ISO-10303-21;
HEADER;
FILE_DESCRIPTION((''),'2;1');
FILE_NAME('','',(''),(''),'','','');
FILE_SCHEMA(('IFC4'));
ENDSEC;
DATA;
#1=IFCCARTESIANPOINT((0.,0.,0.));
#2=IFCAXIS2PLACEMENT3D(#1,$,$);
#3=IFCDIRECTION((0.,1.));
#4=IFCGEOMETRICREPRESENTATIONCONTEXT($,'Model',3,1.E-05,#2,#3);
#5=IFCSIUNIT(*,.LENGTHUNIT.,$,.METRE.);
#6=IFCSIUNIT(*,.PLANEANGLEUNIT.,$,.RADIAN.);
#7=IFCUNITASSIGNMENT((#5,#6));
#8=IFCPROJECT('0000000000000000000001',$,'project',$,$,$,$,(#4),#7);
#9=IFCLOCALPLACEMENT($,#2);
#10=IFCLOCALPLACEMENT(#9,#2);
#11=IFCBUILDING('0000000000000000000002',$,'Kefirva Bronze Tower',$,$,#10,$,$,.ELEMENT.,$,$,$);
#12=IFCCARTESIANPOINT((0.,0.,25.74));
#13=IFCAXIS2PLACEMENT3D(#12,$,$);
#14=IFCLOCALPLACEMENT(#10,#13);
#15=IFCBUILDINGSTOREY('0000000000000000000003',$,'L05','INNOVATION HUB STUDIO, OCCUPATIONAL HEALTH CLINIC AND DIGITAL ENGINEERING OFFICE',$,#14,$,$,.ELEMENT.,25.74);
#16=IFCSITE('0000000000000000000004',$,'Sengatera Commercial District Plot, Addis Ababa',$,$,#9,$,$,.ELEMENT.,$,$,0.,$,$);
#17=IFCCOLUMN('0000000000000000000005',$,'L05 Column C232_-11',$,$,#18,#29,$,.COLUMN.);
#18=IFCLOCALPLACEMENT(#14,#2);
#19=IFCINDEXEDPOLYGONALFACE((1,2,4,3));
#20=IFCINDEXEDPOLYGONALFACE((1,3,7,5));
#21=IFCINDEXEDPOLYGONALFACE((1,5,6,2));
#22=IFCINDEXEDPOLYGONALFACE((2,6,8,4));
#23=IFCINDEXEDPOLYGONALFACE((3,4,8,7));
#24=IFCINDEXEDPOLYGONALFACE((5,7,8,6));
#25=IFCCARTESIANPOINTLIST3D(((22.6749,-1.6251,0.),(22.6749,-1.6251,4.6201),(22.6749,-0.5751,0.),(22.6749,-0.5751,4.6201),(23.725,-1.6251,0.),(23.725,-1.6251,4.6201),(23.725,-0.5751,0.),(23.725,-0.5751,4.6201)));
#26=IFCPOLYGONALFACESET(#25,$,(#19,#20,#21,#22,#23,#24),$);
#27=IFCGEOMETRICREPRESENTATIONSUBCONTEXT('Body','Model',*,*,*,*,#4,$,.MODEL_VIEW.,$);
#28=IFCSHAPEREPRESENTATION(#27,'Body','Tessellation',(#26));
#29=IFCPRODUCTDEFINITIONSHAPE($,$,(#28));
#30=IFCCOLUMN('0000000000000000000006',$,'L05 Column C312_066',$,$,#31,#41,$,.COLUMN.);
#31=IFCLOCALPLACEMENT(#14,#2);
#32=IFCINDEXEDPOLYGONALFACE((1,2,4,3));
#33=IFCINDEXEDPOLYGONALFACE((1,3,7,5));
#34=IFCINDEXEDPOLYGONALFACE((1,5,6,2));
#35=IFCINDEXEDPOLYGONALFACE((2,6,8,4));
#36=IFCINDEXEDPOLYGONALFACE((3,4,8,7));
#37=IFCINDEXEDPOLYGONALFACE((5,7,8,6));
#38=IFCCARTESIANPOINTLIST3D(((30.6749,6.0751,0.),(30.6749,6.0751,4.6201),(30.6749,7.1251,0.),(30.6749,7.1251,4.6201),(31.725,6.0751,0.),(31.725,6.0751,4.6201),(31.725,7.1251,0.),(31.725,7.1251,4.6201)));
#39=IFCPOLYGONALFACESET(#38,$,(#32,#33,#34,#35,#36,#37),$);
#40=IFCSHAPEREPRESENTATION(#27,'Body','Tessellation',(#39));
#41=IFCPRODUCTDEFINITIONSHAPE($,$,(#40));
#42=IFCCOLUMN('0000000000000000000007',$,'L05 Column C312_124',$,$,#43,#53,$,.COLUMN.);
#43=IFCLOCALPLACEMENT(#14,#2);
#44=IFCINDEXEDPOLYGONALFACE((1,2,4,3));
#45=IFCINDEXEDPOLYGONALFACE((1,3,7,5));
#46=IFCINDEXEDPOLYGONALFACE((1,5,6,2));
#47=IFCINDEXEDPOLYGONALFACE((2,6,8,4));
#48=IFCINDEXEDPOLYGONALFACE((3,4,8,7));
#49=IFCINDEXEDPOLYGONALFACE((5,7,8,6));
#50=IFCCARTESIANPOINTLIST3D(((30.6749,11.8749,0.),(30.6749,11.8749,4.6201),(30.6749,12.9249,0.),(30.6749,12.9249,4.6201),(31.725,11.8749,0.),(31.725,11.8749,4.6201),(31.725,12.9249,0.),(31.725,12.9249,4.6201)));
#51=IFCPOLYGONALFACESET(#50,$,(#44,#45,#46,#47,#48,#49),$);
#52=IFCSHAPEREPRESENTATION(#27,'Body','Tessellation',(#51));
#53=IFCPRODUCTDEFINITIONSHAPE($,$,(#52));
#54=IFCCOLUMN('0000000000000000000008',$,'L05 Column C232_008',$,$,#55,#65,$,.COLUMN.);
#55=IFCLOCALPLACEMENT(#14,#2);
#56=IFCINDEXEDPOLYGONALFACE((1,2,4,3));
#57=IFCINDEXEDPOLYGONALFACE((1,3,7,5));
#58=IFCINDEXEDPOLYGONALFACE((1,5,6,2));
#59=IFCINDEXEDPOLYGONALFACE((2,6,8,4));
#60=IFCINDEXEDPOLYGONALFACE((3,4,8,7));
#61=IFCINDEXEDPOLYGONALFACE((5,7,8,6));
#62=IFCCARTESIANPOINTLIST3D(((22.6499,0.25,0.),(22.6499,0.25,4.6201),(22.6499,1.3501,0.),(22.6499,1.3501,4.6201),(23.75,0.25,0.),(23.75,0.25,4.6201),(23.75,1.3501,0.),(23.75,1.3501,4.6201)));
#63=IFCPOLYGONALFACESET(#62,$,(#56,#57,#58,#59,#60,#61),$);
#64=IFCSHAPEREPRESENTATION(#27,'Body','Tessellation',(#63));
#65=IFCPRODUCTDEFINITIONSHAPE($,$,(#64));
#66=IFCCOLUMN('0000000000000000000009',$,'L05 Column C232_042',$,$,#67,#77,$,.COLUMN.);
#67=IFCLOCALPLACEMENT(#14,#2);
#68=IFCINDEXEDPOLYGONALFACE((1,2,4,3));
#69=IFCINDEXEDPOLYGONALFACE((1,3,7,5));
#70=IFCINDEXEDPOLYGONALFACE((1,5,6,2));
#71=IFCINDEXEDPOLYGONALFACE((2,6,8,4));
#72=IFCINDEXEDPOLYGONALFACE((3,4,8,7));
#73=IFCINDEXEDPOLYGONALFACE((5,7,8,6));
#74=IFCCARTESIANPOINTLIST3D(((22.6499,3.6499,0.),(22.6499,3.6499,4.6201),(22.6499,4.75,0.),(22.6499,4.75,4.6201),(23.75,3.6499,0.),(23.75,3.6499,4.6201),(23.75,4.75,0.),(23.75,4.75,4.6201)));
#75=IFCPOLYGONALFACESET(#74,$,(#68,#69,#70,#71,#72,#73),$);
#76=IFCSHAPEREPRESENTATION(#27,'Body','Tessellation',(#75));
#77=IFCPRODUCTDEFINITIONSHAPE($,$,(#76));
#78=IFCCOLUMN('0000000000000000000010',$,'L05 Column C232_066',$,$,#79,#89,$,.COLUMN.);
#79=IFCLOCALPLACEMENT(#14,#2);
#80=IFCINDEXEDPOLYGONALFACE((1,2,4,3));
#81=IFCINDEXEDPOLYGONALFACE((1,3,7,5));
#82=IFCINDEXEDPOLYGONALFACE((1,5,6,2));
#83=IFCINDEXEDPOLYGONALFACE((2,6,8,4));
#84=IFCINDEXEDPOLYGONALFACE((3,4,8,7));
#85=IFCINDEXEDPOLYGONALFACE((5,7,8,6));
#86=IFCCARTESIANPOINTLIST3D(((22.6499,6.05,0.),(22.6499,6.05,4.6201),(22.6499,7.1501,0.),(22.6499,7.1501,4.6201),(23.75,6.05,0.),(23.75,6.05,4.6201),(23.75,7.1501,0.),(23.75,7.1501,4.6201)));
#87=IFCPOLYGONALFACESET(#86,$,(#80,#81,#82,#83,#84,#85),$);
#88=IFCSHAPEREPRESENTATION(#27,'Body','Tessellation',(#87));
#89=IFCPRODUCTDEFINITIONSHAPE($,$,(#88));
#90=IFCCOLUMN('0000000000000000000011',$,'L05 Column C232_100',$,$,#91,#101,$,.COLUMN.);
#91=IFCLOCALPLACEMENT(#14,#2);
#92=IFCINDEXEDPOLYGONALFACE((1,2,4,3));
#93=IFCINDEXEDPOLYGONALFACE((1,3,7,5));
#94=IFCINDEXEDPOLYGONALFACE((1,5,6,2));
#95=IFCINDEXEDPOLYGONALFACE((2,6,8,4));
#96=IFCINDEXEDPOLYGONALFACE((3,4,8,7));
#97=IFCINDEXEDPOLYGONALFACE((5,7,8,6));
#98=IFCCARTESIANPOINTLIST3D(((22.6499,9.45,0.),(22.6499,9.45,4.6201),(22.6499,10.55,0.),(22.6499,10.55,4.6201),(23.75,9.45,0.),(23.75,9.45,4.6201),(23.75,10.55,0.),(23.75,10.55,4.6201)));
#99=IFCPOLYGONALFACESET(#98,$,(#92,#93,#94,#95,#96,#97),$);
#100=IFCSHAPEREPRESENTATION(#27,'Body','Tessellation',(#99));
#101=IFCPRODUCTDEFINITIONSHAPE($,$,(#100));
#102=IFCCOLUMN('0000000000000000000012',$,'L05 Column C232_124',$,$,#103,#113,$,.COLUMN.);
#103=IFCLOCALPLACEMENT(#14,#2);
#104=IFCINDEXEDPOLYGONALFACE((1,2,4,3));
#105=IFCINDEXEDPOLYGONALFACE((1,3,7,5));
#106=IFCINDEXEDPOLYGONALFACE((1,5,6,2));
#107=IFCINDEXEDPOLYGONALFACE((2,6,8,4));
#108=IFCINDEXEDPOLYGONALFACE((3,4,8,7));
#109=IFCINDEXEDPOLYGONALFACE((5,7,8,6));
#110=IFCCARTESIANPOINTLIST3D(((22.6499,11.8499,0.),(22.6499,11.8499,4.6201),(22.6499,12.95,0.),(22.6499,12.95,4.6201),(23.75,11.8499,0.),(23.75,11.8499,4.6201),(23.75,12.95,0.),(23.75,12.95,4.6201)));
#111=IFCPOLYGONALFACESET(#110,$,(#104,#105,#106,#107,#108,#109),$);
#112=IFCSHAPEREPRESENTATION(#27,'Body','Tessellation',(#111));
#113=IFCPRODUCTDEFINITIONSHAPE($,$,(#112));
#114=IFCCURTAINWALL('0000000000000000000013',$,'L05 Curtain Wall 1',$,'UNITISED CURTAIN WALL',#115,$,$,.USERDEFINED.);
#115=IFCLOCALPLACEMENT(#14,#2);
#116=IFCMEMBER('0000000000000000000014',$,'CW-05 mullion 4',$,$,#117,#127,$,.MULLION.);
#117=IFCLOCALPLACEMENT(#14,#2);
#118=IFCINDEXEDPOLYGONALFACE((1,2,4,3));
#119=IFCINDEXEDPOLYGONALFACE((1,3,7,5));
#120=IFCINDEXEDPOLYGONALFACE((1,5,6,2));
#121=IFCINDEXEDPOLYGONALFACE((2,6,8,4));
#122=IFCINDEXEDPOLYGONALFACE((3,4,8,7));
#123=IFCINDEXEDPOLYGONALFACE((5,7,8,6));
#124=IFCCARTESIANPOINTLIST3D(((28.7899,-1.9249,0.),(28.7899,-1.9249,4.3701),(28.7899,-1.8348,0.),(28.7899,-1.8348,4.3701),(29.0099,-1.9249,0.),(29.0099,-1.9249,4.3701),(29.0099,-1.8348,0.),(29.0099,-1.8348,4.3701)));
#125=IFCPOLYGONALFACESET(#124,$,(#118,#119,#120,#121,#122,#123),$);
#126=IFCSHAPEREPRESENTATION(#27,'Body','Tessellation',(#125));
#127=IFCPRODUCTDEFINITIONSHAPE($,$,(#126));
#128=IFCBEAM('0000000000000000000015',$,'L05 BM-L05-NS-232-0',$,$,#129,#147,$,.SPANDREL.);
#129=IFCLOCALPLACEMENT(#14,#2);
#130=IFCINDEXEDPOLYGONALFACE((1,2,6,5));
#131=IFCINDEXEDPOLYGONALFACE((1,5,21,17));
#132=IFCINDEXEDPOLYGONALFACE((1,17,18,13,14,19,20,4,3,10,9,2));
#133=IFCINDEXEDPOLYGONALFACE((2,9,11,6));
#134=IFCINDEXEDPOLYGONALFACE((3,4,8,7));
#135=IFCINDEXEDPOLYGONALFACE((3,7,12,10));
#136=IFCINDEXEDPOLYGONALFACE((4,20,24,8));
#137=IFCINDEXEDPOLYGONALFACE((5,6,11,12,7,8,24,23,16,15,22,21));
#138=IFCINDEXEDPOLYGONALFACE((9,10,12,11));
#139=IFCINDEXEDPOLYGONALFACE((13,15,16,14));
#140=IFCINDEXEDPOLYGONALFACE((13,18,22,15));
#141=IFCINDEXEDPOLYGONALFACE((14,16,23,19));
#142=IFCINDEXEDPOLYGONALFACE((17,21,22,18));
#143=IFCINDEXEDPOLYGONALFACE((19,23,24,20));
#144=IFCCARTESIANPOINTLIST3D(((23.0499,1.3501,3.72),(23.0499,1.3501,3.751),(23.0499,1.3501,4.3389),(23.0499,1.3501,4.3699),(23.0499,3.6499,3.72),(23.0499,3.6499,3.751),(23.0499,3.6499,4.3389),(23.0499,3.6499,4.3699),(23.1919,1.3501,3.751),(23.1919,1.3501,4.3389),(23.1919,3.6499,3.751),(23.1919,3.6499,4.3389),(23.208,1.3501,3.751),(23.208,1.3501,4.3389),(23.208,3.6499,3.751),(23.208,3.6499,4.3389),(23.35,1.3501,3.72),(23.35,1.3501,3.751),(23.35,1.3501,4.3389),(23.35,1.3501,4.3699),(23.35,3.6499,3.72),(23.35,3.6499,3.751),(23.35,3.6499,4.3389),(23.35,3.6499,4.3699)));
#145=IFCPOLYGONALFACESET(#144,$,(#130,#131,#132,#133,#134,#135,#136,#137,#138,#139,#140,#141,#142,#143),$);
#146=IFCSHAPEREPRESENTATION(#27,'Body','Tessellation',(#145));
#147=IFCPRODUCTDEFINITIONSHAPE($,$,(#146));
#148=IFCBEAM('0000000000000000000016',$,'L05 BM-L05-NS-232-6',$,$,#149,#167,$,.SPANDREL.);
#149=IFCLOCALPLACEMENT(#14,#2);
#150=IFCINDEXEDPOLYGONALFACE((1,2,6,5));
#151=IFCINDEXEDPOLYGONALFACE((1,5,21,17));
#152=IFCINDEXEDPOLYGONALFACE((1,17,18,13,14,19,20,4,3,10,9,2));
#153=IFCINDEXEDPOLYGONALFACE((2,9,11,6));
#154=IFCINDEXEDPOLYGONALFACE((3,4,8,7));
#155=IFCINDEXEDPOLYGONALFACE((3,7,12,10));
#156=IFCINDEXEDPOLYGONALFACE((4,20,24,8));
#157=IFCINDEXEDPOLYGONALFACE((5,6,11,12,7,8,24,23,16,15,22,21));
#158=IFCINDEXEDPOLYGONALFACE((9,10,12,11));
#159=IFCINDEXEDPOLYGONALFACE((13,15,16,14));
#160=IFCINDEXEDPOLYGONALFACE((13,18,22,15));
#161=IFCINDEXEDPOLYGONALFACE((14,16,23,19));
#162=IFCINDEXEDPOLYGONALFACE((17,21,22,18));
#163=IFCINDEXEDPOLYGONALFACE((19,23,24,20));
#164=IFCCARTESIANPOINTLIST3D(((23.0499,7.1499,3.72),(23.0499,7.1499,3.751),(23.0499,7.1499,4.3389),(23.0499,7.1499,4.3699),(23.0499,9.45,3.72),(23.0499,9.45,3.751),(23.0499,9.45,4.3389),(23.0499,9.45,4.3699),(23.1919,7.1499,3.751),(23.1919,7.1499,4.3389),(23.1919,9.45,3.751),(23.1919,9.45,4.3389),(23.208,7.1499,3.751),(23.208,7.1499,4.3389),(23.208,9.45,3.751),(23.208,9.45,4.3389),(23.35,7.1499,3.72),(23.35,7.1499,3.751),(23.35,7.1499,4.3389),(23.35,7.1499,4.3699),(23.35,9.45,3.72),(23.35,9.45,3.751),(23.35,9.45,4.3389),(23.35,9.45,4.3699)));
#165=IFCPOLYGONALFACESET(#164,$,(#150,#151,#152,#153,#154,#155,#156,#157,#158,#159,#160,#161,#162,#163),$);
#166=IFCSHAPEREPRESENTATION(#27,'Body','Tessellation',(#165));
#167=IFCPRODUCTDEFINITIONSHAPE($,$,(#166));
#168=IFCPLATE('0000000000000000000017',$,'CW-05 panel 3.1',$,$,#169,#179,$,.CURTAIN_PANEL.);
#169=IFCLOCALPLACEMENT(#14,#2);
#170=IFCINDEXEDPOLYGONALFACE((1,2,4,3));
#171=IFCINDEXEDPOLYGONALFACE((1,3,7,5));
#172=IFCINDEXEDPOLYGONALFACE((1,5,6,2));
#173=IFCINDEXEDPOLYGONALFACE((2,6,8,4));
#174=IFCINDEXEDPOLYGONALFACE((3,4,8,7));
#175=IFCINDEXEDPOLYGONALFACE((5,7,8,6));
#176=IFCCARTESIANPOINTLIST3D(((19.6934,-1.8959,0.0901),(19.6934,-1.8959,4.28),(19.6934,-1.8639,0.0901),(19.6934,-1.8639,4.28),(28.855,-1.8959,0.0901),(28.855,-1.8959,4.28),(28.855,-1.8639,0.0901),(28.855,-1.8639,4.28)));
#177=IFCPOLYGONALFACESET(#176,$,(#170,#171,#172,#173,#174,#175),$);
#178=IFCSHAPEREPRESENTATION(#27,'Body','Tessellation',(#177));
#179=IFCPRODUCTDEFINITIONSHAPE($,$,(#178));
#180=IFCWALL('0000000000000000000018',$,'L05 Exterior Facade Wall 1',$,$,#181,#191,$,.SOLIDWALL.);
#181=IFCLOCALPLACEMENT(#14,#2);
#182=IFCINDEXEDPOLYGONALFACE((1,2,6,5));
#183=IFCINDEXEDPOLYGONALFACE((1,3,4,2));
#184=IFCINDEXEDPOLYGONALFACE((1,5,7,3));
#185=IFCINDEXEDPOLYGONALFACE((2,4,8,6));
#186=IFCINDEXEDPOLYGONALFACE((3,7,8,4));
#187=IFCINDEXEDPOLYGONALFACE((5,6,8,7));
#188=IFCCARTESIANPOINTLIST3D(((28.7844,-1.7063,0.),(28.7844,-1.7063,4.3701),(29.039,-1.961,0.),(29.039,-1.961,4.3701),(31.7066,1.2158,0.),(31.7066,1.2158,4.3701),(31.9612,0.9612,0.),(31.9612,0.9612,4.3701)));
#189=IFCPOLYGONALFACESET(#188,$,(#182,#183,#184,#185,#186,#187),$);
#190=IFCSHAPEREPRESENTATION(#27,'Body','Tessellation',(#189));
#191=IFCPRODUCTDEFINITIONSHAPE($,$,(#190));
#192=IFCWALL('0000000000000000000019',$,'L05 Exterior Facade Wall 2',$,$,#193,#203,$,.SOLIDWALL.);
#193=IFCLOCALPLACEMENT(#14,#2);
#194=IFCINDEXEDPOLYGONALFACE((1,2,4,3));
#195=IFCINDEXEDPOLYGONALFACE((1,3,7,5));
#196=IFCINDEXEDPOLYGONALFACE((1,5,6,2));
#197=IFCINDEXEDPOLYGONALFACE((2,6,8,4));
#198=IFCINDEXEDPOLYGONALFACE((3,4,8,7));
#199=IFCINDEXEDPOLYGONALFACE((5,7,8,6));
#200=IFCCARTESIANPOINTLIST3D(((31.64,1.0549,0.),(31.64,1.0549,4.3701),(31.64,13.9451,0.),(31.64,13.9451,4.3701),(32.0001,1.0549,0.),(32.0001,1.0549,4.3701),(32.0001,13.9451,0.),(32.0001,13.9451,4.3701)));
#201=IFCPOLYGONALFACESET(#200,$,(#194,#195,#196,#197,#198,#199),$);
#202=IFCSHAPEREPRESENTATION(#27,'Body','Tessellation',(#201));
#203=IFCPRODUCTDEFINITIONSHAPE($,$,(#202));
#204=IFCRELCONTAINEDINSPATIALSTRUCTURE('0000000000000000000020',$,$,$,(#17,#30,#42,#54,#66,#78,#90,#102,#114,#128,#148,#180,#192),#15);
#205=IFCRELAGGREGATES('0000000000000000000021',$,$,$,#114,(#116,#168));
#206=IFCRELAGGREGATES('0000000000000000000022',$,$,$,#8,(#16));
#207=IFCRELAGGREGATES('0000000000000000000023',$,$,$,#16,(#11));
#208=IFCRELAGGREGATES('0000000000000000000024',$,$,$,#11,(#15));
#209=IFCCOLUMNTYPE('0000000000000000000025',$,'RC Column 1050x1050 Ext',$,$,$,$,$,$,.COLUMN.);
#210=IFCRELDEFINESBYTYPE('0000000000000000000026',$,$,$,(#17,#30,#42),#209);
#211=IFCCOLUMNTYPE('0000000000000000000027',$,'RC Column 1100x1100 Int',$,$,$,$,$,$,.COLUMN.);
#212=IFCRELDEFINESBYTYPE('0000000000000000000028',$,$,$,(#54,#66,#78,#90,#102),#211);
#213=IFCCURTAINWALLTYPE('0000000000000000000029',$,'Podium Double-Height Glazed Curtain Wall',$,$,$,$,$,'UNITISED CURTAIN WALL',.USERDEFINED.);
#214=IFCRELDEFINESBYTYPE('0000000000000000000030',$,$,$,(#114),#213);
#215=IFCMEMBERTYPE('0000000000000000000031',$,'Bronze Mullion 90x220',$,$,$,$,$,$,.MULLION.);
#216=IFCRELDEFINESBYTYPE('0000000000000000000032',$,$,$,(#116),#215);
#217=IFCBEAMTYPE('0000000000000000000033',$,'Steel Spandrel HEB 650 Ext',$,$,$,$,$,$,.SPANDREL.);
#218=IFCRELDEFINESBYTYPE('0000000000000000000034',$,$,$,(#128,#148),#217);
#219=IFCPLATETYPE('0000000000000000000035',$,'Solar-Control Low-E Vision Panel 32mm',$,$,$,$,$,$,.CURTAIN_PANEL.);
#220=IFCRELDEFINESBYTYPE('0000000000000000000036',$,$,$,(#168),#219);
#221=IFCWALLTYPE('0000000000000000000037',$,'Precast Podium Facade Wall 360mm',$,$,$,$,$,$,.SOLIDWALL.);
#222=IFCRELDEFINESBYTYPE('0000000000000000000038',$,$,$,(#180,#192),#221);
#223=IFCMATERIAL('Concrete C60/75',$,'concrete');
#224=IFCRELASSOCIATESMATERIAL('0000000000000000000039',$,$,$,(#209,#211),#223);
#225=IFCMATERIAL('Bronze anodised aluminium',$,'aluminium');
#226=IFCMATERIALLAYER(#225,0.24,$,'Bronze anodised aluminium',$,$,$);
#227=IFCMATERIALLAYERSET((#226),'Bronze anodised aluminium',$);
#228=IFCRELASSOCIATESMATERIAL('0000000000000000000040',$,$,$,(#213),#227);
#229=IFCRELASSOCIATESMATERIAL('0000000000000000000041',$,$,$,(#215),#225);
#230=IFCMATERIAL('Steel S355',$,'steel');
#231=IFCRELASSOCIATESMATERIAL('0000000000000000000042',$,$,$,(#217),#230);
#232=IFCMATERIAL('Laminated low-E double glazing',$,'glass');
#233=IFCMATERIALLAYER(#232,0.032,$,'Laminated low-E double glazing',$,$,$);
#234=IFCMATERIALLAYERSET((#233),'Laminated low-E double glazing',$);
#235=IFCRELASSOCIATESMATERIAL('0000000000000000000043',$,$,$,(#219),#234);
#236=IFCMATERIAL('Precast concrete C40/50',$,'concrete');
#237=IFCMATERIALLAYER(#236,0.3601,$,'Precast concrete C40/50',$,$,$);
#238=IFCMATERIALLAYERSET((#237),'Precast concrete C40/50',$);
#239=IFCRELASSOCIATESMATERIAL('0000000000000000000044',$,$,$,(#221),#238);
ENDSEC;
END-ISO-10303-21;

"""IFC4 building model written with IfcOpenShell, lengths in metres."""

from ifc_helpers import new_model, si_unit, direction, frame, frame_2d, origin, origin_2d, place, context, subcontext, project, spatial, rectangle, i_section, extrude, material, layer, layer_set, material_profile, profile_set, type_object, element, aggregate, save


model = new_model("IFC4")

# Units and contexts
model_context = context("Model", 3, precision=1e-05, world=origin(), true_north=direction((0.0, 1.0)))
body_context = subcontext(model_context, "Body", "Model", "MODEL_VIEW")
ifc_project = project(units=[si_unit("LENGTHUNIT", "METRE"), si_unit("PLANEANGLEUNIT", "RADIAN")], contexts=[model_context])

# Site, building, storey
site_placement = place(None, origin())
site = spatial("IfcSite", under=ifc_project, at=site_placement, Name="Sengatera Commercial District Plot, Addis Ababa", CompositionType="ELEMENT", RefElevation=0.0)
building_placement = place(site_placement, origin())
building = spatial("IfcBuilding", under=site, at=building_placement, Name="Kefirva Bronze Tower", CompositionType="ELEMENT")
storey_placement = place(building_placement, frame((0.0, 0.0, 25.74)))
storey = spatial("IfcBuildingStorey", under=building, at=storey_placement, Name="L05", Description="INNOVATION HUB STUDIO, OCCUPATIONAL HEALTH CLINIC AND DIGITAL ENGINEERING OFFICE", CompositionType="ELEMENT", Elevation=25.74)

# Columns
ifc_material_1 = material(Name="Concrete C60/75", Category="concrete")
ifc_material_profile_1 = material_profile(ifc_material_1, rectangle(XDim=1.05, YDim=1.05, at=origin_2d()), Name="RC 1050x1050")
ifc_profile_set_1 = profile_set([ifc_material_profile_1], Name="Concrete C60/75")
column_type_1 = type_object("IfcColumnType", Name="RC Column 1050x1050 Ext", PredefinedType="COLUMN", material=ifc_profile_set_1)
for number, where, z_axis, x_axis, name in (
    (1, (23.2, -1.1001, 0.0), (0.0, 0.0, 1.0), (1.0, 0.0, 0.0), "L05 Column C232_-11"),
    (2, (31.2, 6.6001, 0.0), (0.0, 0.0, 1.0), (1.0, 0.0, 0.0), "L05 Column C312_066"),
    (3, (31.2, 12.3999, 0.0), (0.0, 0.0, 1.0), (1.0, 0.0, 0.0), "L05 Column C312_124"),
):
    element("IfcColumn", number, at=place(storey_placement, frame(where, z_axis=z_axis, x_axis=x_axis)), inside=storey, type_object=column_type_1, Name=name, PredefinedType="COLUMN", context=body_context, shape_type="SweptSolid", body=[
        extrude(rectangle(XDim=1.05, YDim=1.05, at=origin_2d()), origin(), (0.0, 0.0, 1.0), 4.6201),
    ])
ifc_material_profile_2 = material_profile(ifc_material_1, rectangle(XDim=1.1001, YDim=1.1001, at=origin_2d()), Name="RC 1100x1100")
ifc_profile_set_2 = profile_set([ifc_material_profile_2], Name="Concrete C60/75")
column_type_2 = type_object("IfcColumnType", Name="RC Column 1100x1100 Int", PredefinedType="COLUMN", material=ifc_profile_set_2)
for number, where, z_axis, x_axis, name in (
    (4, (23.2, 0.8, 0.0), (0.0, 0.0, 1.0), (1.0, 0.0, 0.0), "L05 Column C232_008"),
    (5, (23.2, 4.2, 0.0), (0.0, 0.0, 1.0), (1.0, 0.0, 0.0), "L05 Column C232_042"),
    (6, (23.2, 6.6001, 0.0), (0.0, 0.0, 1.0), (1.0, 0.0, 0.0), "L05 Column C232_066"),
    (7, (23.2, 10.0, 0.0), (0.0, 0.0, 1.0), (1.0, 0.0, 0.0), "L05 Column C232_100"),
    (8, (23.2, 12.3999, 0.0), (0.0, 0.0, 1.0), (1.0, 0.0, 0.0), "L05 Column C232_124"),
):
    element("IfcColumn", number, at=place(storey_placement, frame(where, z_axis=z_axis, x_axis=x_axis)), inside=storey, type_object=column_type_2, Name=name, PredefinedType="COLUMN", context=body_context, shape_type="SweptSolid", body=[
        extrude(rectangle(XDim=1.1001, YDim=1.1001, at=origin_2d()), origin(), (0.0, 0.0, 1.0), 4.6201),
    ])

# Curtain wall, member
ifc_material_2 = material(Name="Bronze anodised aluminium", Category="aluminium")
ifc_layer_1 = layer(ifc_material_2, 0.24, Name="Bronze anodised aluminium")
ifc_layer_set_1 = layer_set([ifc_layer_1], Name="Bronze anodised aluminium")
curtain_wall_type = type_object("IfcCurtainWallType", Name="Podium Double-Height Glazed Curtain Wall", ElementType="UNITISED CURTAIN WALL", PredefinedType="USERDEFINED", material=ifc_layer_set_1)
curtain_wall_placement = place(storey_placement, origin())
curtain_wall = element("IfcCurtainWall", 9, at=curtain_wall_placement, inside=storey, type_object=curtain_wall_type, Name="L05 Curtain Wall 1", ObjectType="UNITISED CURTAIN WALL", PredefinedType="USERDEFINED")
ifc_material_profile_3 = material_profile(ifc_material_2, rectangle(XDim=0.0901, YDim=0.22, at=origin_2d()), Name="ALU 90x220")
ifc_profile_set_3 = profile_set([ifc_material_profile_3], Name="Bronze anodised aluminium")
member_type = type_object("IfcMemberType", Name="Bronze Mullion 90x220", PredefinedType="MULLION", material=ifc_profile_set_3)
member_placement = place(storey_placement, frame((28.8999, -1.8799, 0.0), z_axis=(0.0, 0.0, 1.0), x_axis=(0.0, 1.0, 0.0)))
member = element("IfcMember", 10, at=member_placement, type_object=member_type, Name="CW-05 mullion 4", PredefinedType="MULLION", context=body_context, shape_type="SweptSolid", body=[
    extrude(rectangle(XDim=0.0901, YDim=0.22, at=origin_2d()), origin(), (0.0, 0.0, 1.0), 4.3701),
])

# Beams
ifc_material_3 = material(Name="Steel S355", Category="steel")
ifc_material_profile_4 = material_profile(ifc_material_3, i_section(OverallWidth=0.3, OverallDepth=0.6499, WebThickness=0.0161, FlangeThickness=0.031, at=origin_2d()), Name="HEB 650")
ifc_profile_set_4 = profile_set([ifc_material_profile_4], Name="Steel S355")
beam_type = type_object("IfcBeamType", Name="Steel Spandrel HEB 650 Ext", PredefinedType="SPANDREL", material=ifc_profile_set_4)
beam_1_placement = place(storey_placement, frame((23.2, 1.3501, 4.0449), z_axis=(0.0, 1.0, 0.0), x_axis=(-1.0, 0.0, 0.0)))
element("IfcBeam", 11, at=beam_1_placement, inside=storey, type_object=beam_type, Name="L05 BM-L05-NS-232-0", PredefinedType="SPANDREL", context=body_context, shape_type="SweptSolid", body=[
    extrude(i_section(OverallWidth=0.3, OverallDepth=0.6499, WebThickness=0.0161, FlangeThickness=0.031, at=origin_2d()), origin(), (0.0, 0.0, 1.0), 2.2998),
])
beam_2_placement = place(storey_placement, frame((23.2, 7.1499, 4.0449), z_axis=(0.0, 1.0, 0.0), x_axis=(-1.0, 0.0, 0.0)))
element("IfcBeam", 12, at=beam_2_placement, inside=storey, type_object=beam_type, Name="L05 BM-L05-NS-232-6", PredefinedType="SPANDREL", context=body_context, shape_type="SweptSolid", body=[
    extrude(i_section(OverallWidth=0.3, OverallDepth=0.6499, WebThickness=0.0161, FlangeThickness=0.031, at=origin_2d()), origin(), (0.0, 0.0, 1.0), 2.3),
])

# Plate
ifc_material_4 = material(Name="Laminated low-E double glazing", Category="glass")
ifc_layer_2 = layer(ifc_material_4, 0.032, Name="Laminated low-E double glazing")
ifc_layer_set_2 = layer_set([ifc_layer_2], Name="Laminated low-E double glazing")
plate_type = type_object("IfcPlateType", Name="Solar-Control Low-E Vision Panel 32mm", PredefinedType="CURTAIN_PANEL", material=ifc_layer_set_2)
plate_placement = place(storey_placement, frame((24.2742, -1.8799, 0.0901), z_axis=(0.0, 0.0, 1.0), x_axis=(1.0, 0.0, 0.0)))
plate = element("IfcPlate", 13, at=plate_placement, type_object=plate_type, Name="CW-05 panel 3.1", PredefinedType="CURTAIN_PANEL", context=body_context, shape_type="SweptSolid", body=[
    extrude(rectangle(XDim=9.1616, YDim=0.032, at=origin_2d()), origin(), (0.0, 0.0, 1.0), 4.1899),
])
aggregate(curtain_wall, [member, plate])

# Walls
ifc_material_5 = material(Name="Precast concrete C40/50", Category="concrete")
ifc_layer_3 = layer(ifc_material_5, 0.3601, Name="Precast concrete C40/50")
ifc_layer_set_3 = layer_set([ifc_layer_3], Name="Precast concrete C40/50")
wall_type = type_object("IfcWallType", Name="Precast Podium Facade Wall 360mm", PredefinedType="SOLIDWALL", material=ifc_layer_set_3)
wall_1_placement = place(storey_placement, frame((28.9116, -1.8337, 0.0), z_axis=(0.0, 0.0, 1.0), x_axis=(0.707107, 0.707107, 0.0)))
element("IfcWall", 14, at=wall_1_placement, inside=storey, type_object=wall_type, Name="L05 Exterior Facade Wall 1", PredefinedType="SOLIDWALL", context=body_context, shape_type="SweptSolid", body=[
    extrude(rectangle(XDim=4.1326, YDim=0.3601, at=frame_2d((2.0664, 0.0))), origin(), (0.0, 0.0, 1.0), 4.3701),
])
wall_2_placement = place(storey_placement, frame((31.8201, 1.0549, 0.0), z_axis=(0.0, 0.0, 1.0), x_axis=(0.0, 1.0, 0.0)))
element("IfcWall", 15, at=wall_2_placement, inside=storey, type_object=wall_type, Name="L05 Exterior Facade Wall 2", PredefinedType="SOLIDWALL", context=body_context, shape_type="SweptSolid", body=[
    extrude(rectangle(XDim=12.8901, YDim=0.3601, at=frame_2d((6.4451, 0.0))), origin(), (0.0, 0.0, 1.0), 4.3701),
])

save(model, "model.ifc")
